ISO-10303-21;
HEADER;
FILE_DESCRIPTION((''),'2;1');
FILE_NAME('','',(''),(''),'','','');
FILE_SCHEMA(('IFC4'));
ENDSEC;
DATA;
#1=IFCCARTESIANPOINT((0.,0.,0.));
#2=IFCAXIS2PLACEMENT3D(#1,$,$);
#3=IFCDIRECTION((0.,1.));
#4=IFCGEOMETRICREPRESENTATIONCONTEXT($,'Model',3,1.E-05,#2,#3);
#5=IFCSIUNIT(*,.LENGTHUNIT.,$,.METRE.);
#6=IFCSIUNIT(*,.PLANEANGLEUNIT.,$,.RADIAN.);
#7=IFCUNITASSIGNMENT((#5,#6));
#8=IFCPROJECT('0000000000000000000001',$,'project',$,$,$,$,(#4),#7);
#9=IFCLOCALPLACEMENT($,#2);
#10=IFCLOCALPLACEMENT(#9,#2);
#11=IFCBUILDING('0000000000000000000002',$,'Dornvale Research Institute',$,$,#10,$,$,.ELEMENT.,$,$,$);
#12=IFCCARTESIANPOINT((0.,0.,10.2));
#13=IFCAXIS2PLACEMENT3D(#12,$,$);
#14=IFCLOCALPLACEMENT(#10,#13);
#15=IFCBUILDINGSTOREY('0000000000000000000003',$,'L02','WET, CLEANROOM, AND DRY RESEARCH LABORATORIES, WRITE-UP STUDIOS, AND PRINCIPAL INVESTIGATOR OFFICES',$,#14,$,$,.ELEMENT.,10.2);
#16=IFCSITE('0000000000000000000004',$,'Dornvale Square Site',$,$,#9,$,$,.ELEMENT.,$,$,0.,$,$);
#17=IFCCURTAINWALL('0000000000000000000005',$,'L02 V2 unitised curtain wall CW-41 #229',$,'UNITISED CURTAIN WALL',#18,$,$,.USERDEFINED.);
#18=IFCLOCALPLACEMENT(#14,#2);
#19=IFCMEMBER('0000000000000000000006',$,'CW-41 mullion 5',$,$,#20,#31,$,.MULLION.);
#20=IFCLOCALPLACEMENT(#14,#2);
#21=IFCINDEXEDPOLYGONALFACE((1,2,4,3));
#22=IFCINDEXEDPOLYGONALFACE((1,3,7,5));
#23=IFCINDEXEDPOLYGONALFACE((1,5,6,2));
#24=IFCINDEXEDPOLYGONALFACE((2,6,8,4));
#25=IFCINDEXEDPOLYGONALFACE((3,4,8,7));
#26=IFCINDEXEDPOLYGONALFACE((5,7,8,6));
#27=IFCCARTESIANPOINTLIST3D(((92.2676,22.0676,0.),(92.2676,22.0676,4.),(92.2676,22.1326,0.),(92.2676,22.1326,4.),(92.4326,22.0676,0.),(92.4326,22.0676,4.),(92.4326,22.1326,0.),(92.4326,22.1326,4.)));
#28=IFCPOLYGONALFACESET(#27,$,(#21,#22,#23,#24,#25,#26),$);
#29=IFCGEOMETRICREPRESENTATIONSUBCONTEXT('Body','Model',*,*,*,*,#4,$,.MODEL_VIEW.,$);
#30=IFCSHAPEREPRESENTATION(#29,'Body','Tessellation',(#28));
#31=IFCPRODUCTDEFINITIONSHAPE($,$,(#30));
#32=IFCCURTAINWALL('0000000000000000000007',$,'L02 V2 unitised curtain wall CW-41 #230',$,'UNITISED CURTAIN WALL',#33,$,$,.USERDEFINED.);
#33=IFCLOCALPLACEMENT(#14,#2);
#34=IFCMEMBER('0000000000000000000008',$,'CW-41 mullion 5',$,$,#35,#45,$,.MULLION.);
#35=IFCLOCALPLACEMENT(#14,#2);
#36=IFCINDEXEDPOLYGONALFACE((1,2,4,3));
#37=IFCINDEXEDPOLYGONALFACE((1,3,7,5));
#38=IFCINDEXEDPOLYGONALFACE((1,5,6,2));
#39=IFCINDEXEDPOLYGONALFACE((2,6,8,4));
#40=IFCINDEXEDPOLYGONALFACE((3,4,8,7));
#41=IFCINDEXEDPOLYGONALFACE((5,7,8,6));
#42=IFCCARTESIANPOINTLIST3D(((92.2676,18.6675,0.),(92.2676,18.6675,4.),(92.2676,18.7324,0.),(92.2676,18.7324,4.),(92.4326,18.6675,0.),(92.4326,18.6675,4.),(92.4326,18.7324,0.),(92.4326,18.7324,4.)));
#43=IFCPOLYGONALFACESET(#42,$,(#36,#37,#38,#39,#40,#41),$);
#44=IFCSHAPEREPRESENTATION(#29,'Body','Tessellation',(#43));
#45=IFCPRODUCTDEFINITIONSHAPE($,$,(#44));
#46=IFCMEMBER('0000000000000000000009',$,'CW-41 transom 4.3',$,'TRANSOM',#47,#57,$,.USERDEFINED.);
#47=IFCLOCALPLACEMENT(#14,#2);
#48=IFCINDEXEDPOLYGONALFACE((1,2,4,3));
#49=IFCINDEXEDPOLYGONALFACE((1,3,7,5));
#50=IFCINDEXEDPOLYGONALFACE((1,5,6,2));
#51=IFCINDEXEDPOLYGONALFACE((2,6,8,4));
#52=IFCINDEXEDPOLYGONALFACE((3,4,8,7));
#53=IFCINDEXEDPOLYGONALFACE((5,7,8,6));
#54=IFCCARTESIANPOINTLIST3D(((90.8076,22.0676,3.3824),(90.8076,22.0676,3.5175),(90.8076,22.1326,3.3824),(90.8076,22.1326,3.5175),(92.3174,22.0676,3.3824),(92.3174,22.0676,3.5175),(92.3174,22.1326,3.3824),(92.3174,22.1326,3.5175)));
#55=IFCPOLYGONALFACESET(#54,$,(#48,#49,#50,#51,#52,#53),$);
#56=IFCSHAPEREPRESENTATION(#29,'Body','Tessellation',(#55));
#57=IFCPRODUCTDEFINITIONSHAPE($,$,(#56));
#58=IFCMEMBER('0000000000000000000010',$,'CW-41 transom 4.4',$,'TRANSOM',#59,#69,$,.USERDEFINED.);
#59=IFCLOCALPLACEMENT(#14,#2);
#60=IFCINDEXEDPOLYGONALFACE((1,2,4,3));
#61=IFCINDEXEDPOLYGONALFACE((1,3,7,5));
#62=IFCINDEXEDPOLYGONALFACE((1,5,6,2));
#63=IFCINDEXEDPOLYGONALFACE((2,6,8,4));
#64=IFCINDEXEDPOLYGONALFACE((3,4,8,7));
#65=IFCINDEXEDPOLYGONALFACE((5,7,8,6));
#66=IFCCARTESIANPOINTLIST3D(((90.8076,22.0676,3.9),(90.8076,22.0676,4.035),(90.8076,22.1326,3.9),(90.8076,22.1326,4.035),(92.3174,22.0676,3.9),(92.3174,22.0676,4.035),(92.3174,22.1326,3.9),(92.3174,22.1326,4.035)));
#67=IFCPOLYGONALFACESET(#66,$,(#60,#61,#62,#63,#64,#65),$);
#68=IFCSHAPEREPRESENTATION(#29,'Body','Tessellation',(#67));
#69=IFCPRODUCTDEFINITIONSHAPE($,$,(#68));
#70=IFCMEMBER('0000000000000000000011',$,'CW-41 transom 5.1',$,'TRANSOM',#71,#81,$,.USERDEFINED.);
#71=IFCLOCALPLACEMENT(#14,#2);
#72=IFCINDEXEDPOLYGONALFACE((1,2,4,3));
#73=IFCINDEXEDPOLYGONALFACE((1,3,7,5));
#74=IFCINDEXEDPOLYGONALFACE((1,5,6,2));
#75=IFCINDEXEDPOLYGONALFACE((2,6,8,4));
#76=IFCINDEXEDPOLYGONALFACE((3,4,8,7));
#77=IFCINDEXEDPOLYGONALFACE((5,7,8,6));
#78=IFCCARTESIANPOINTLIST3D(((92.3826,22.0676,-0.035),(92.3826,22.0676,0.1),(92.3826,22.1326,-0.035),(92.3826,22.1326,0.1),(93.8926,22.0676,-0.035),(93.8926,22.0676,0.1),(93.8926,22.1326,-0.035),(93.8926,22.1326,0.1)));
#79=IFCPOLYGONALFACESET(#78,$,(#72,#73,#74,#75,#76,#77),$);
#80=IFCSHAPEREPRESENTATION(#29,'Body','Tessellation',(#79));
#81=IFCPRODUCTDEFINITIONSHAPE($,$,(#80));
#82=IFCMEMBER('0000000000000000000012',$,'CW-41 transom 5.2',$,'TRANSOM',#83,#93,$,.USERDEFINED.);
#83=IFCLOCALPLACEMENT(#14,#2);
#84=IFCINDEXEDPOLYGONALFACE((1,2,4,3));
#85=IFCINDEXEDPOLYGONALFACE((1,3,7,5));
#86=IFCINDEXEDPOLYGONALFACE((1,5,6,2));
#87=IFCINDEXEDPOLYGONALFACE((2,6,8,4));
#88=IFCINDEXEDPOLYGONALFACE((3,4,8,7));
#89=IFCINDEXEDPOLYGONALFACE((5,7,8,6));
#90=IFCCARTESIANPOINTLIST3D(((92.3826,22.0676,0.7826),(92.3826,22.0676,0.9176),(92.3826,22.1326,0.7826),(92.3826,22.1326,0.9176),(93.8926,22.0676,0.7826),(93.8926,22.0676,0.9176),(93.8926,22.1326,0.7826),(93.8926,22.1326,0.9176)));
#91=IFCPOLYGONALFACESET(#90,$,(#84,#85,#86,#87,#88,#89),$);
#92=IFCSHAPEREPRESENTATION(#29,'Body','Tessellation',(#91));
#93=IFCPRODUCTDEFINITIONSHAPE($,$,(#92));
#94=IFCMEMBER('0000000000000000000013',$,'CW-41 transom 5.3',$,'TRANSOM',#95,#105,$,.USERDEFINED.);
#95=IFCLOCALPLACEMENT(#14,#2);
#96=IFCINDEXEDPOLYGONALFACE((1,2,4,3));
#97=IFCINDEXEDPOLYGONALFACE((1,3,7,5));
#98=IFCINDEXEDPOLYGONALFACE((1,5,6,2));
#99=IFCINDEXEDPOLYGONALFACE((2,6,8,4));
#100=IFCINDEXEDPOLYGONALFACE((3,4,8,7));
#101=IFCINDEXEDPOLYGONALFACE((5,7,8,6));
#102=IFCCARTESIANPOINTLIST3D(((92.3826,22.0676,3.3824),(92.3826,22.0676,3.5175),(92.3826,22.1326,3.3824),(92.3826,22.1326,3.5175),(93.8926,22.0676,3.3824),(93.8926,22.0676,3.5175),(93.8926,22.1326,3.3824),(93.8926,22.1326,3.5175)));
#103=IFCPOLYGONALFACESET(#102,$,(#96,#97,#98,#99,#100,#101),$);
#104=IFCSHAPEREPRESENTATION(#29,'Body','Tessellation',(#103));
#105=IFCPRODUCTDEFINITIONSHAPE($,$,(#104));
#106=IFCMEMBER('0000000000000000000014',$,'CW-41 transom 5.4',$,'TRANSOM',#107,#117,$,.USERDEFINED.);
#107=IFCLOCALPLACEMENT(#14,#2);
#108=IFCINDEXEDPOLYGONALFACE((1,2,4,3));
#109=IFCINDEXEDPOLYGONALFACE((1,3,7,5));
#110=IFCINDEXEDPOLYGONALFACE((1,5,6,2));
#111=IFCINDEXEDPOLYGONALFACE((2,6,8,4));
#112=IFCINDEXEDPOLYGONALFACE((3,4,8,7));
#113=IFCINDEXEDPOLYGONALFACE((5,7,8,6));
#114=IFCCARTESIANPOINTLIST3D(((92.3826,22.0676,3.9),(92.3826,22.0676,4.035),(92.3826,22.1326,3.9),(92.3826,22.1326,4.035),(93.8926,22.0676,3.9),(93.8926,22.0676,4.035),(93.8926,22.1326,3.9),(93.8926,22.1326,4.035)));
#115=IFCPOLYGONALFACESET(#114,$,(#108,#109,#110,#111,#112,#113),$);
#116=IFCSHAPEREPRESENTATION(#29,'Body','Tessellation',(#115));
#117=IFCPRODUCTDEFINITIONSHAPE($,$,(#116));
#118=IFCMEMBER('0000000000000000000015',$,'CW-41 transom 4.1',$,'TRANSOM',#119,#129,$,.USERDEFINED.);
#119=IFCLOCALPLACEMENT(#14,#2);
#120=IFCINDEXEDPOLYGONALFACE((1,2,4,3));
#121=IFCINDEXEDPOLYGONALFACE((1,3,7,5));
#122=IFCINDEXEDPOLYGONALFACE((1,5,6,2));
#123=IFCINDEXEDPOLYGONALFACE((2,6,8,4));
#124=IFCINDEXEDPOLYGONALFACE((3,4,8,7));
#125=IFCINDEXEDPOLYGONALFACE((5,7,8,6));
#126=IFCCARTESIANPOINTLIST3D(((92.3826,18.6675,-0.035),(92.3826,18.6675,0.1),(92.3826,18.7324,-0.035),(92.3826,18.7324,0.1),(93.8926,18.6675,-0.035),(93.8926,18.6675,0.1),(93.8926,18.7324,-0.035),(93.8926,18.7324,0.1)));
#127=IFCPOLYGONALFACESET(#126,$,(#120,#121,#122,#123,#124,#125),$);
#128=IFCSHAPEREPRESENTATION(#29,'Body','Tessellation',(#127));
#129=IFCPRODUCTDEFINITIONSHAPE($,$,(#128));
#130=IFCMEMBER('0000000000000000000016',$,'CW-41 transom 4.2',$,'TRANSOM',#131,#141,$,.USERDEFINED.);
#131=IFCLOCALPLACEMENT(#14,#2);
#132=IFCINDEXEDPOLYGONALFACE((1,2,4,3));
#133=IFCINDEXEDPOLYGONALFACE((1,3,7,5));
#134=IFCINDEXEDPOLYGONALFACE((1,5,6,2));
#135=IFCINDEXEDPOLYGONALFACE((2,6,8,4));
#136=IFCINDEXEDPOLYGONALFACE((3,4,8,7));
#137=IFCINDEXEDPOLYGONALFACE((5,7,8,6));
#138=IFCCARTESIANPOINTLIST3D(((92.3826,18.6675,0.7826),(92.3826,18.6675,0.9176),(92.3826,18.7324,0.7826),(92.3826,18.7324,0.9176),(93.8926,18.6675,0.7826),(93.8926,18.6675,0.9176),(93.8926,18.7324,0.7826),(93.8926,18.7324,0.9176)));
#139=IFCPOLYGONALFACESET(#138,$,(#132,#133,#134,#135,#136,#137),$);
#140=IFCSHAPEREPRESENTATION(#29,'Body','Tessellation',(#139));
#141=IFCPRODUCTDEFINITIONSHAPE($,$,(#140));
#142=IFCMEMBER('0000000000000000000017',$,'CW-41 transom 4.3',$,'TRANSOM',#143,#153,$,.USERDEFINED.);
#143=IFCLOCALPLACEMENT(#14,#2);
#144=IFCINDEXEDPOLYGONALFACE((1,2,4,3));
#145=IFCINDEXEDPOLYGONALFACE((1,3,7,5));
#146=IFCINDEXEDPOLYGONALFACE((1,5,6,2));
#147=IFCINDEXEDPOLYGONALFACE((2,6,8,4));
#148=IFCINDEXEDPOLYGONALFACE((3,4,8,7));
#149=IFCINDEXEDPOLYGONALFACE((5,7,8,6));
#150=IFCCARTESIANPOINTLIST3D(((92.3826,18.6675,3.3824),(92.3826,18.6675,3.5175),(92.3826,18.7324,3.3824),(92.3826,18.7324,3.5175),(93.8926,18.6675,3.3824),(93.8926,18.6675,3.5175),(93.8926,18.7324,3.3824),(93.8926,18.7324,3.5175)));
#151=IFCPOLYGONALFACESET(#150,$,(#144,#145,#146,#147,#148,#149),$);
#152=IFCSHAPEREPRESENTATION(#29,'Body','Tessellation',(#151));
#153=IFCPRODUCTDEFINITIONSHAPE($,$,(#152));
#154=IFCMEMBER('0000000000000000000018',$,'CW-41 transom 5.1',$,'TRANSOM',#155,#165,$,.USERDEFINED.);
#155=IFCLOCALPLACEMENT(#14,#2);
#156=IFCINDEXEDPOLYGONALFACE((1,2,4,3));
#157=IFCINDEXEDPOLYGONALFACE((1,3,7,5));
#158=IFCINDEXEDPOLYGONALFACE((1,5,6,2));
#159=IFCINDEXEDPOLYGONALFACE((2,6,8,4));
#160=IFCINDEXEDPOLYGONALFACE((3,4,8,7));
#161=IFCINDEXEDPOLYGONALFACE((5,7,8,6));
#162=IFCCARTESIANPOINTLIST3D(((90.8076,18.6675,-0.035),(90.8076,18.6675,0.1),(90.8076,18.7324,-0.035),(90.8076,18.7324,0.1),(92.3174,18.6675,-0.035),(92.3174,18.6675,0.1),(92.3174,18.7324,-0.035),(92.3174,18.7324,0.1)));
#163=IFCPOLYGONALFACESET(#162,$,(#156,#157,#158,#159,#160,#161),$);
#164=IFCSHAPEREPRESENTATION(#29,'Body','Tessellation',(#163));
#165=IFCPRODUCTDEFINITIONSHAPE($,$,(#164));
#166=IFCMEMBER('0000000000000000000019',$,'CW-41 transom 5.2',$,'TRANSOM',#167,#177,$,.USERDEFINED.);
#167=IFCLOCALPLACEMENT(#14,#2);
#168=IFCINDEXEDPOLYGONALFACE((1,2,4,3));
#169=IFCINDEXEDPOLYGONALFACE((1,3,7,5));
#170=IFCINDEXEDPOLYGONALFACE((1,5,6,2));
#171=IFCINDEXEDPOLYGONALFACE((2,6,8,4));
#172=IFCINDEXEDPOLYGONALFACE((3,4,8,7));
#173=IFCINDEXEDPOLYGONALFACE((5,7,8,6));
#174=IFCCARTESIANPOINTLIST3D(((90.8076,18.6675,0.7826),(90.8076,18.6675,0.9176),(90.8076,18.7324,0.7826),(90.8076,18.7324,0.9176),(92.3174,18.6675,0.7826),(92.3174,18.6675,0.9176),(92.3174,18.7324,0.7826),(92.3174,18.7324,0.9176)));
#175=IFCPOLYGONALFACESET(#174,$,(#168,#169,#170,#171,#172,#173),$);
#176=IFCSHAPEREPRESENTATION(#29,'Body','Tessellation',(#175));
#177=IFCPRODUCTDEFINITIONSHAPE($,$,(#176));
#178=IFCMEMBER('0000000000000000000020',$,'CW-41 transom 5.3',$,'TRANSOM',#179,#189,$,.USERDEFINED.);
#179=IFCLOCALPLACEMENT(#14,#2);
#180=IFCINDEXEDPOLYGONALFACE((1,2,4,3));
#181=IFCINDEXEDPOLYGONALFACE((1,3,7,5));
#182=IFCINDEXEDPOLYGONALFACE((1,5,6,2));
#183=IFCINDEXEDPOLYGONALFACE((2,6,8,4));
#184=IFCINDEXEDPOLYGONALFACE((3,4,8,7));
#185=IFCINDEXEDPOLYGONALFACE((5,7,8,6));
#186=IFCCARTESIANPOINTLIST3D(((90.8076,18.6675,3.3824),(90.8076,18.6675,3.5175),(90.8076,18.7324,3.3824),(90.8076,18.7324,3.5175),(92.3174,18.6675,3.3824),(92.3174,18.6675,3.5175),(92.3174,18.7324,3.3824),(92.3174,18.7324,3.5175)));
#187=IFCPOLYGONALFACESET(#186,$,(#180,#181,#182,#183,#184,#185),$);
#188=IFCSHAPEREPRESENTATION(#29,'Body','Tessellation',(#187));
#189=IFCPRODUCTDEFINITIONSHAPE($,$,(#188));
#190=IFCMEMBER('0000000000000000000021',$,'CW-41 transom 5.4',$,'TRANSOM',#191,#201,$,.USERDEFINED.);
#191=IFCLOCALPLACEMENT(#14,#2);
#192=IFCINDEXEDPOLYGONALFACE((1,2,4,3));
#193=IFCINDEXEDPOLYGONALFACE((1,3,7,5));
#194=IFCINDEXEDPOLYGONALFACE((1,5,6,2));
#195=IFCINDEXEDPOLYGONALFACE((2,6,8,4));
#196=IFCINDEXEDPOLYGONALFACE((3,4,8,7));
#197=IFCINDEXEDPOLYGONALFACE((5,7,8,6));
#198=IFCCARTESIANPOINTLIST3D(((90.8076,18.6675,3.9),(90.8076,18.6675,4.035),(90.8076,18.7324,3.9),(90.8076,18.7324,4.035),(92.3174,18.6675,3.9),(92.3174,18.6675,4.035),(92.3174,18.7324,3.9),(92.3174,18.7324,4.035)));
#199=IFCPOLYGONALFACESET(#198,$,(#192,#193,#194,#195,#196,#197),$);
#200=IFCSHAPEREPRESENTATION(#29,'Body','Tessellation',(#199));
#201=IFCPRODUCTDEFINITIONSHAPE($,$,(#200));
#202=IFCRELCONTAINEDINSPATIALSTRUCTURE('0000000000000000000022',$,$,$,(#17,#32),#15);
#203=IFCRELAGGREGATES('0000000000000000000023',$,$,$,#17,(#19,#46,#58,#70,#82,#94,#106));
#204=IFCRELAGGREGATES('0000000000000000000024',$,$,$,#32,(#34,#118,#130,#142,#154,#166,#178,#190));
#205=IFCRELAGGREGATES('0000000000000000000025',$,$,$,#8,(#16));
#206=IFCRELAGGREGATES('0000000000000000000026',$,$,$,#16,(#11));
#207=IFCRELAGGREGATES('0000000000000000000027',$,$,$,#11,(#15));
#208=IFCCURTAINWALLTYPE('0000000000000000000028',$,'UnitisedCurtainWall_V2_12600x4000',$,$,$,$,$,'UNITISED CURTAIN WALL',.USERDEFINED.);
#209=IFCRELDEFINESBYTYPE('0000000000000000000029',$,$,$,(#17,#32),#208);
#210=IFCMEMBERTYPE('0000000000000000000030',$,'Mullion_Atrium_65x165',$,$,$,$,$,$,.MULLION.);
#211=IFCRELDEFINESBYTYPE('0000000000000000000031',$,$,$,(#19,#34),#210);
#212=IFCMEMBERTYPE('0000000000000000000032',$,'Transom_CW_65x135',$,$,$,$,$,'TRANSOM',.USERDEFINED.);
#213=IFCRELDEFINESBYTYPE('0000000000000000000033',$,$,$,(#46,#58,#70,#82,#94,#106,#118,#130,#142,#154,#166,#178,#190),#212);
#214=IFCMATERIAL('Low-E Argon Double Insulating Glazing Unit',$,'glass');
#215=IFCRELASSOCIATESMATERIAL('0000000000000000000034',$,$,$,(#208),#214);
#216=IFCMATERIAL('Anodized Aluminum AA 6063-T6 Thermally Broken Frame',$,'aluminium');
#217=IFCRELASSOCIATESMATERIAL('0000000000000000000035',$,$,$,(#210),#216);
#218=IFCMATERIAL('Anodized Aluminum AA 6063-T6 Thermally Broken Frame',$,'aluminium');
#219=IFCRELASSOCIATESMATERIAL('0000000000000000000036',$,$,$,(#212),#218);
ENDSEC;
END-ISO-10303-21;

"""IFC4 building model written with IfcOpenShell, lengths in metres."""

from ifc_helpers import new_model, si_unit, direction, frame, origin, origin_2d, place, context, subcontext, project, spatial, rectangle, extrude, material, material_profile, profile_set, type_object, element, aggregate, save


model = new_model("IFC4")

# Units and contexts
model_context = context("Model", 3, precision=1e-05, world=origin(), true_north=direction((0.0, 1.0)))
body_context = subcontext(model_context, "Body", "Model", "MODEL_VIEW")
ifc_project = project(units=[si_unit("LENGTHUNIT", "METRE"), si_unit("PLANEANGLEUNIT", "RADIAN")], contexts=[model_context])

# Site, building, storey
site_placement = place(None, origin())
site = spatial("IfcSite", under=ifc_project, at=site_placement, Name="Dornvale Square Site", CompositionType="ELEMENT", RefElevation=0.0)
building_placement = place(site_placement, origin())
building = spatial("IfcBuilding", under=site, at=building_placement, Name="Dornvale Research Institute", CompositionType="ELEMENT")
storey_placement = place(building_placement, frame((0.0, 0.0, 10.2)))
storey = spatial("IfcBuildingStorey", under=building, at=storey_placement, Name="L02", Description="WET, CLEANROOM, AND DRY RESEARCH LABORATORIES, WRITE-UP STUDIOS, AND PRINCIPAL INVESTIGATOR OFFICES", CompositionType="ELEMENT", Elevation=10.2)

# Curtain walls, members
ifc_material_1 = material(Name="Low-E Argon Double Insulating Glazing Unit", Category="glass")
curtain_wall_type = type_object("IfcCurtainWallType", Name="UnitisedCurtainWall_V2_12600x4000", ElementType="UNITISED CURTAIN WALL", PredefinedType="USERDEFINED", material=ifc_material_1)
curtain_wall_1_placement = place(storey_placement, origin())
curtain_wall_1 = element("IfcCurtainWall", 1, at=curtain_wall_1_placement, inside=storey, type_object=curtain_wall_type, Name="L02 V2 unitised curtain wall CW-41 #229", ObjectType="UNITISED CURTAIN WALL", PredefinedType="USERDEFINED")
ifc_material_2 = material(Name="Anodized Aluminum AA 6063-T6 Thermally Broken Frame", Category="aluminium")
ifc_material_profile_1 = material_profile(ifc_material_2, rectangle(XDim=0.0649, YDim=0.165, at=origin_2d()), Name="ALU MULLION 65x165")
ifc_profile_set_1 = profile_set([ifc_material_profile_1], Name="Anodized Aluminum AA 6063-T6 Thermally Broken Frame")
member_type_1 = type_object("IfcMemberType", Name="Mullion_Atrium_65x165", PredefinedType="MULLION", material=ifc_profile_set_1)
member_1_placement = place(storey_placement, frame((92.3501, 22.1001, 0.0), z_axis=(0.0, 0.0, 1.0), x_axis=(0.0, 1.0, 0.0)))
member_1 = element("IfcMember", 2, at=member_1_placement, type_object=member_type_1, Name="CW-41 mullion 5", PredefinedType="MULLION", context=body_context, shape_type="SweptSolid", body=[
    extrude(rectangle(XDim=0.0649, YDim=0.165, at=origin_2d()), origin(), (0.0, 0.0, 1.0), 4.0),
])
curtain_wall_2_placement = place(storey_placement, origin())
curtain_wall_2 = element("IfcCurtainWall", 3, at=curtain_wall_2_placement, inside=storey, type_object=curtain_wall_type, Name="L02 V2 unitised curtain wall CW-41 #230", ObjectType="UNITISED CURTAIN WALL", PredefinedType="USERDEFINED")
member_2_placement = place(storey_placement, frame((92.3501, 18.7, 0.0), z_axis=(0.0, 0.0, 1.0), x_axis=(0.0, -1.0, 0.0)))
member_2 = element("IfcMember", 4, at=member_2_placement, type_object=member_type_1, Name="CW-41 mullion 5", PredefinedType="MULLION", context=body_context, shape_type="SweptSolid", body=[
    extrude(rectangle(XDim=0.0649, YDim=0.165, at=origin_2d()), origin(), (0.0, 0.0, 1.0), 4.0),
])

# Members
ifc_material_3 = material(Name="Anodized Aluminum AA 6063-T6 Thermally Broken Frame", Category="aluminium")
ifc_material_profile_2 = material_profile(ifc_material_3, rectangle(XDim=0.0649, YDim=0.135, at=origin_2d()), Name="ALU TRANSOM 65x135")
ifc_profile_set_2 = profile_set([ifc_material_profile_2], Name="Anodized Aluminum AA 6063-T6 Thermally Broken Frame")
member_type_2 = type_object("IfcMemberType", Name="Transom_CW_65x135", ElementType="TRANSOM", PredefinedType="USERDEFINED", material=ifc_profile_set_2)
member_3_placement = place(storey_placement, frame((90.8076, 22.1001, 3.45), z_axis=(1.0, 0.0, 0.0), x_axis=(0.0, 1.0, 0.0)))
member_3 = element("IfcMember", 5, at=member_3_placement, type_object=member_type_2, Name="CW-41 transom 4.3", ObjectType="TRANSOM", PredefinedType="USERDEFINED", context=body_context, shape_type="SweptSolid", body=[
    extrude(rectangle(XDim=0.0649, YDim=0.135, at=origin_2d()), origin(), (0.0, 0.0, 1.0), 1.5098),
])
member_4_placement = place(storey_placement, frame((90.8076, 22.1001, 3.9675), z_axis=(1.0, 0.0, 0.0), x_axis=(0.0, 1.0, 0.0)))
member_4 = element("IfcMember", 6, at=member_4_placement, type_object=member_type_2, Name="CW-41 transom 4.4", ObjectType="TRANSOM", PredefinedType="USERDEFINED", context=body_context, shape_type="SweptSolid", body=[
    extrude(rectangle(XDim=0.0649, YDim=0.135, at=origin_2d()), origin(), (0.0, 0.0, 1.0), 1.5098),
])
member_5_placement = place(storey_placement, frame((92.3826, 22.1001, 0.0325), z_axis=(1.0, 0.0, 0.0), x_axis=(0.0, 1.0, 0.0)))
member_5 = element("IfcMember", 7, at=member_5_placement, type_object=member_type_2, Name="CW-41 transom 5.1", ObjectType="TRANSOM", PredefinedType="USERDEFINED", context=body_context, shape_type="SweptSolid", body=[
    extrude(rectangle(XDim=0.0649, YDim=0.135, at=origin_2d()), origin(), (0.0, 0.0, 1.0), 1.51),
])
member_6_placement = place(storey_placement, frame((92.3826, 22.1001, 0.8501), z_axis=(1.0, 0.0, 0.0), x_axis=(0.0, 1.0, 0.0)))
member_6 = element("IfcMember", 8, at=member_6_placement, type_object=member_type_2, Name="CW-41 transom 5.2", ObjectType="TRANSOM", PredefinedType="USERDEFINED", context=body_context, shape_type="SweptSolid", body=[
    extrude(rectangle(XDim=0.0649, YDim=0.135, at=origin_2d()), origin(), (0.0, 0.0, 1.0), 1.51),
])
member_7_placement = place(storey_placement, frame((92.3826, 22.1001, 3.45), z_axis=(1.0, 0.0, 0.0), x_axis=(0.0, 1.0, 0.0)))
member_7 = element("IfcMember", 9, at=member_7_placement, type_object=member_type_2, Name="CW-41 transom 5.3", ObjectType="TRANSOM", PredefinedType="USERDEFINED", context=body_context, shape_type="SweptSolid", body=[
    extrude(rectangle(XDim=0.0649, YDim=0.135, at=origin_2d()), origin(), (0.0, 0.0, 1.0), 1.51),
])
member_8_placement = place(storey_placement, frame((92.3826, 22.1001, 3.9675), z_axis=(1.0, 0.0, 0.0), x_axis=(0.0, 1.0, 0.0)))
member_8 = element("IfcMember", 10, at=member_8_placement, type_object=member_type_2, Name="CW-41 transom 5.4", ObjectType="TRANSOM", PredefinedType="USERDEFINED", context=body_context, shape_type="SweptSolid", body=[
    extrude(rectangle(XDim=0.0649, YDim=0.135, at=origin_2d()), origin(), (0.0, 0.0, 1.0), 1.51),
])
member_9_placement = place(storey_placement, frame((93.8926, 18.7, 0.0325), z_axis=(-1.0, 0.0, 0.0), x_axis=(0.0, -1.0, 0.0)))
member_9 = element("IfcMember", 11, at=member_9_placement, type_object=member_type_2, Name="CW-41 transom 4.1", ObjectType="TRANSOM", PredefinedType="USERDEFINED", context=body_context, shape_type="SweptSolid", body=[
    extrude(rectangle(XDim=0.0649, YDim=0.135, at=origin_2d()), origin(), (0.0, 0.0, 1.0), 1.51),
])
member_10_placement = place(storey_placement, frame((93.8926, 18.7, 0.8501), z_axis=(-1.0, 0.0, 0.0), x_axis=(0.0, -1.0, 0.0)))
member_10 = element("IfcMember", 12, at=member_10_placement, type_object=member_type_2, Name="CW-41 transom 4.2", ObjectType="TRANSOM", PredefinedType="USERDEFINED", context=body_context, shape_type="SweptSolid", body=[
    extrude(rectangle(XDim=0.0649, YDim=0.135, at=origin_2d()), origin(), (0.0, 0.0, 1.0), 1.51),
])
member_11_placement = place(storey_placement, frame((93.8926, 18.7, 3.45), z_axis=(-1.0, 0.0, 0.0), x_axis=(0.0, -1.0, 0.0)))
member_11 = element("IfcMember", 13, at=member_11_placement, type_object=member_type_2, Name="CW-41 transom 4.3", ObjectType="TRANSOM", PredefinedType="USERDEFINED", context=body_context, shape_type="SweptSolid", body=[
    extrude(rectangle(XDim=0.0649, YDim=0.135, at=origin_2d()), origin(), (0.0, 0.0, 1.0), 1.51),
])
member_12_placement = place(storey_placement, frame((92.3174, 18.7, 0.0325), z_axis=(-1.0, 0.0, 0.0), x_axis=(0.0, -1.0, 0.0)))
member_12 = element("IfcMember", 14, at=member_12_placement, type_object=member_type_2, Name="CW-41 transom 5.1", ObjectType="TRANSOM", PredefinedType="USERDEFINED", context=body_context, shape_type="SweptSolid", body=[
    extrude(rectangle(XDim=0.0649, YDim=0.135, at=origin_2d()), origin(), (0.0, 0.0, 1.0), 1.5098),
])
member_13_placement = place(storey_placement, frame((92.3174, 18.7, 0.8501), z_axis=(-1.0, 0.0, 0.0), x_axis=(0.0, -1.0, 0.0)))
member_13 = element("IfcMember", 15, at=member_13_placement, type_object=member_type_2, Name="CW-41 transom 5.2", ObjectType="TRANSOM", PredefinedType="USERDEFINED", context=body_context, shape_type="SweptSolid", body=[
    extrude(rectangle(XDim=0.0649, YDim=0.135, at=origin_2d()), origin(), (0.0, 0.0, 1.0), 1.5098),
])
member_14_placement = place(storey_placement, frame((92.3174, 18.7, 3.45), z_axis=(-1.0, 0.0, 0.0), x_axis=(0.0, -1.0, 0.0)))
member_14 = element("IfcMember", 16, at=member_14_placement, type_object=member_type_2, Name="CW-41 transom 5.3", ObjectType="TRANSOM", PredefinedType="USERDEFINED", context=body_context, shape_type="SweptSolid", body=[
    extrude(rectangle(XDim=0.0649, YDim=0.135, at=origin_2d()), origin(), (0.0, 0.0, 1.0), 1.5098),
])
member_15_placement = place(storey_placement, frame((92.3174, 18.7, 3.9675), z_axis=(-1.0, 0.0, 0.0), x_axis=(0.0, -1.0, 0.0)))
member_15 = element("IfcMember", 17, at=member_15_placement, type_object=member_type_2, Name="CW-41 transom 5.4", ObjectType="TRANSOM", PredefinedType="USERDEFINED", context=body_context, shape_type="SweptSolid", body=[
    extrude(rectangle(XDim=0.0649, YDim=0.135, at=origin_2d()), origin(), (0.0, 0.0, 1.0), 1.5098),
])

aggregate(curtain_wall_1, [member_1, member_3, member_4, member_5, member_6, member_7, member_8])
aggregate(curtain_wall_2, [member_2, member_9, member_10, member_11, member_12, member_13, member_14, member_15])

save(model, "model.ifc")
